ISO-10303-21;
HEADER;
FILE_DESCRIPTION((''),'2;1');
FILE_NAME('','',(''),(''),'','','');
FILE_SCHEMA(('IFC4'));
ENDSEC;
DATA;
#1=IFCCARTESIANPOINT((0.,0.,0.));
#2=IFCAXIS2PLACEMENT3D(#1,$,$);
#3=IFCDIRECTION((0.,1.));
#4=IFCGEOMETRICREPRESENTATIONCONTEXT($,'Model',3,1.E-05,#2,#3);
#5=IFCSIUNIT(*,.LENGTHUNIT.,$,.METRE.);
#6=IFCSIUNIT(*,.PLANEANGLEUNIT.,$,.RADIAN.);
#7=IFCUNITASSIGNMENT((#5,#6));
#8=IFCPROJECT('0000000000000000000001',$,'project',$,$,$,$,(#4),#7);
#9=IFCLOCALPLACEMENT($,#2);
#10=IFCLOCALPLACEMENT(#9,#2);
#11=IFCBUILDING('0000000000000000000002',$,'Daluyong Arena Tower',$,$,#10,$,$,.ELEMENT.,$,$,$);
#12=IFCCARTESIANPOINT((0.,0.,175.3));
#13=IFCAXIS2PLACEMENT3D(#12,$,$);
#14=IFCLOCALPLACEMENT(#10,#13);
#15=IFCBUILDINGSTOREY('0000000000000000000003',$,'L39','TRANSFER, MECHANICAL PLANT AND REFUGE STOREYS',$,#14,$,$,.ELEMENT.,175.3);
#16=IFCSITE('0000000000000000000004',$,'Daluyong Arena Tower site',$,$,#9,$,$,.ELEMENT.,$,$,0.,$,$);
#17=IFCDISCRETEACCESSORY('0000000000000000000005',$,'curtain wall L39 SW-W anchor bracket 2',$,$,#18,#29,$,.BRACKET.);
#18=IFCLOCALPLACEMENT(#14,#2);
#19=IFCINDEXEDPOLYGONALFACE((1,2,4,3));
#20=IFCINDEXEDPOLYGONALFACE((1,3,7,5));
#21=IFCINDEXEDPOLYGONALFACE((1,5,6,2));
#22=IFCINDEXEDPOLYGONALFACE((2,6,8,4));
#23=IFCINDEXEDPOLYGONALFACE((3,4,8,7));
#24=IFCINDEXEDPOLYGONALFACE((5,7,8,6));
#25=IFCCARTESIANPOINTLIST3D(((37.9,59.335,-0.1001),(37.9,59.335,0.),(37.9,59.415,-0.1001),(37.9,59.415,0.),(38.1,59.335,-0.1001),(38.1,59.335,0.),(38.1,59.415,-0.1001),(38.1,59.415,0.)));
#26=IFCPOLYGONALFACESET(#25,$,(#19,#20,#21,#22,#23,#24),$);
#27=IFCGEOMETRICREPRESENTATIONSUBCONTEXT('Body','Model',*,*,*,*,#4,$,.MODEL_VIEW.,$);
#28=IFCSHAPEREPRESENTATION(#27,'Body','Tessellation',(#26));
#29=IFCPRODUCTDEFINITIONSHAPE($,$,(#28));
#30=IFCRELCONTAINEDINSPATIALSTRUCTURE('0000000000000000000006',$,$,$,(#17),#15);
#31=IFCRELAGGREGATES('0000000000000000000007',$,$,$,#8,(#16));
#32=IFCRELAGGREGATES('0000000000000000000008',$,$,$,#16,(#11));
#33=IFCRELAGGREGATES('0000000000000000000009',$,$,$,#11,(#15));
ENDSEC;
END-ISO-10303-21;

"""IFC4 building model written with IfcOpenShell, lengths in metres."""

from ifc_helpers import new_model, si_unit, direction, frame, origin, origin_2d, place, context, subcontext, project, spatial, rectangle, extrude, element, save


model = new_model("IFC4")

# Units and contexts
model_context = context("Model", 3, precision=1e-05, world=origin(), true_north=direction((0.0, 1.0)))
body_context = subcontext(model_context, "Body", "Model", "MODEL_VIEW")
ifc_project = project(units=[si_unit("LENGTHUNIT", "METRE"), si_unit("PLANEANGLEUNIT", "RADIAN")], contexts=[model_context])

# Site, building, storey
site_placement = place(None, origin())
site = spatial("IfcSite", under=ifc_project, at=site_placement, Name="Daluyong Arena Tower site", CompositionType="ELEMENT", RefElevation=0.0)
building_placement = place(site_placement, origin())
building = spatial("IfcBuilding", under=site, at=building_placement, Name="Daluyong Arena Tower", CompositionType="ELEMENT")
storey_placement = place(building_placement, frame((0.0, 0.0, 175.3)))
storey = spatial("IfcBuildingStorey", under=building, at=storey_placement, Name="L39", Description="TRANSFER, MECHANICAL PLANT AND REFUGE STOREYS", CompositionType="ELEMENT", Elevation=175.3)

# Discrete accessory
for number, where, z_axis, x_axis, name in (
    (1, (38.0, 59.375, -0.1001), (0.0, 0.0, 1.0), (0.0, -1.0, 0.0), "curtain wall L39 SW-W anchor bracket 2"),
):
    element("IfcDiscreteAccessory", number, at=place(storey_placement, frame(where, z_axis=z_axis, x_axis=x_axis)), inside=storey, Name=name, PredefinedType="BRACKET", context=body_context, shape_type="SweptSolid", body=[
        extrude(rectangle(XDim=0.0801, YDim=0.2, at=origin_2d()), origin(), (0.0, 0.0, 1.0), 0.1001),
    ])

save(model, "model.ifc")
